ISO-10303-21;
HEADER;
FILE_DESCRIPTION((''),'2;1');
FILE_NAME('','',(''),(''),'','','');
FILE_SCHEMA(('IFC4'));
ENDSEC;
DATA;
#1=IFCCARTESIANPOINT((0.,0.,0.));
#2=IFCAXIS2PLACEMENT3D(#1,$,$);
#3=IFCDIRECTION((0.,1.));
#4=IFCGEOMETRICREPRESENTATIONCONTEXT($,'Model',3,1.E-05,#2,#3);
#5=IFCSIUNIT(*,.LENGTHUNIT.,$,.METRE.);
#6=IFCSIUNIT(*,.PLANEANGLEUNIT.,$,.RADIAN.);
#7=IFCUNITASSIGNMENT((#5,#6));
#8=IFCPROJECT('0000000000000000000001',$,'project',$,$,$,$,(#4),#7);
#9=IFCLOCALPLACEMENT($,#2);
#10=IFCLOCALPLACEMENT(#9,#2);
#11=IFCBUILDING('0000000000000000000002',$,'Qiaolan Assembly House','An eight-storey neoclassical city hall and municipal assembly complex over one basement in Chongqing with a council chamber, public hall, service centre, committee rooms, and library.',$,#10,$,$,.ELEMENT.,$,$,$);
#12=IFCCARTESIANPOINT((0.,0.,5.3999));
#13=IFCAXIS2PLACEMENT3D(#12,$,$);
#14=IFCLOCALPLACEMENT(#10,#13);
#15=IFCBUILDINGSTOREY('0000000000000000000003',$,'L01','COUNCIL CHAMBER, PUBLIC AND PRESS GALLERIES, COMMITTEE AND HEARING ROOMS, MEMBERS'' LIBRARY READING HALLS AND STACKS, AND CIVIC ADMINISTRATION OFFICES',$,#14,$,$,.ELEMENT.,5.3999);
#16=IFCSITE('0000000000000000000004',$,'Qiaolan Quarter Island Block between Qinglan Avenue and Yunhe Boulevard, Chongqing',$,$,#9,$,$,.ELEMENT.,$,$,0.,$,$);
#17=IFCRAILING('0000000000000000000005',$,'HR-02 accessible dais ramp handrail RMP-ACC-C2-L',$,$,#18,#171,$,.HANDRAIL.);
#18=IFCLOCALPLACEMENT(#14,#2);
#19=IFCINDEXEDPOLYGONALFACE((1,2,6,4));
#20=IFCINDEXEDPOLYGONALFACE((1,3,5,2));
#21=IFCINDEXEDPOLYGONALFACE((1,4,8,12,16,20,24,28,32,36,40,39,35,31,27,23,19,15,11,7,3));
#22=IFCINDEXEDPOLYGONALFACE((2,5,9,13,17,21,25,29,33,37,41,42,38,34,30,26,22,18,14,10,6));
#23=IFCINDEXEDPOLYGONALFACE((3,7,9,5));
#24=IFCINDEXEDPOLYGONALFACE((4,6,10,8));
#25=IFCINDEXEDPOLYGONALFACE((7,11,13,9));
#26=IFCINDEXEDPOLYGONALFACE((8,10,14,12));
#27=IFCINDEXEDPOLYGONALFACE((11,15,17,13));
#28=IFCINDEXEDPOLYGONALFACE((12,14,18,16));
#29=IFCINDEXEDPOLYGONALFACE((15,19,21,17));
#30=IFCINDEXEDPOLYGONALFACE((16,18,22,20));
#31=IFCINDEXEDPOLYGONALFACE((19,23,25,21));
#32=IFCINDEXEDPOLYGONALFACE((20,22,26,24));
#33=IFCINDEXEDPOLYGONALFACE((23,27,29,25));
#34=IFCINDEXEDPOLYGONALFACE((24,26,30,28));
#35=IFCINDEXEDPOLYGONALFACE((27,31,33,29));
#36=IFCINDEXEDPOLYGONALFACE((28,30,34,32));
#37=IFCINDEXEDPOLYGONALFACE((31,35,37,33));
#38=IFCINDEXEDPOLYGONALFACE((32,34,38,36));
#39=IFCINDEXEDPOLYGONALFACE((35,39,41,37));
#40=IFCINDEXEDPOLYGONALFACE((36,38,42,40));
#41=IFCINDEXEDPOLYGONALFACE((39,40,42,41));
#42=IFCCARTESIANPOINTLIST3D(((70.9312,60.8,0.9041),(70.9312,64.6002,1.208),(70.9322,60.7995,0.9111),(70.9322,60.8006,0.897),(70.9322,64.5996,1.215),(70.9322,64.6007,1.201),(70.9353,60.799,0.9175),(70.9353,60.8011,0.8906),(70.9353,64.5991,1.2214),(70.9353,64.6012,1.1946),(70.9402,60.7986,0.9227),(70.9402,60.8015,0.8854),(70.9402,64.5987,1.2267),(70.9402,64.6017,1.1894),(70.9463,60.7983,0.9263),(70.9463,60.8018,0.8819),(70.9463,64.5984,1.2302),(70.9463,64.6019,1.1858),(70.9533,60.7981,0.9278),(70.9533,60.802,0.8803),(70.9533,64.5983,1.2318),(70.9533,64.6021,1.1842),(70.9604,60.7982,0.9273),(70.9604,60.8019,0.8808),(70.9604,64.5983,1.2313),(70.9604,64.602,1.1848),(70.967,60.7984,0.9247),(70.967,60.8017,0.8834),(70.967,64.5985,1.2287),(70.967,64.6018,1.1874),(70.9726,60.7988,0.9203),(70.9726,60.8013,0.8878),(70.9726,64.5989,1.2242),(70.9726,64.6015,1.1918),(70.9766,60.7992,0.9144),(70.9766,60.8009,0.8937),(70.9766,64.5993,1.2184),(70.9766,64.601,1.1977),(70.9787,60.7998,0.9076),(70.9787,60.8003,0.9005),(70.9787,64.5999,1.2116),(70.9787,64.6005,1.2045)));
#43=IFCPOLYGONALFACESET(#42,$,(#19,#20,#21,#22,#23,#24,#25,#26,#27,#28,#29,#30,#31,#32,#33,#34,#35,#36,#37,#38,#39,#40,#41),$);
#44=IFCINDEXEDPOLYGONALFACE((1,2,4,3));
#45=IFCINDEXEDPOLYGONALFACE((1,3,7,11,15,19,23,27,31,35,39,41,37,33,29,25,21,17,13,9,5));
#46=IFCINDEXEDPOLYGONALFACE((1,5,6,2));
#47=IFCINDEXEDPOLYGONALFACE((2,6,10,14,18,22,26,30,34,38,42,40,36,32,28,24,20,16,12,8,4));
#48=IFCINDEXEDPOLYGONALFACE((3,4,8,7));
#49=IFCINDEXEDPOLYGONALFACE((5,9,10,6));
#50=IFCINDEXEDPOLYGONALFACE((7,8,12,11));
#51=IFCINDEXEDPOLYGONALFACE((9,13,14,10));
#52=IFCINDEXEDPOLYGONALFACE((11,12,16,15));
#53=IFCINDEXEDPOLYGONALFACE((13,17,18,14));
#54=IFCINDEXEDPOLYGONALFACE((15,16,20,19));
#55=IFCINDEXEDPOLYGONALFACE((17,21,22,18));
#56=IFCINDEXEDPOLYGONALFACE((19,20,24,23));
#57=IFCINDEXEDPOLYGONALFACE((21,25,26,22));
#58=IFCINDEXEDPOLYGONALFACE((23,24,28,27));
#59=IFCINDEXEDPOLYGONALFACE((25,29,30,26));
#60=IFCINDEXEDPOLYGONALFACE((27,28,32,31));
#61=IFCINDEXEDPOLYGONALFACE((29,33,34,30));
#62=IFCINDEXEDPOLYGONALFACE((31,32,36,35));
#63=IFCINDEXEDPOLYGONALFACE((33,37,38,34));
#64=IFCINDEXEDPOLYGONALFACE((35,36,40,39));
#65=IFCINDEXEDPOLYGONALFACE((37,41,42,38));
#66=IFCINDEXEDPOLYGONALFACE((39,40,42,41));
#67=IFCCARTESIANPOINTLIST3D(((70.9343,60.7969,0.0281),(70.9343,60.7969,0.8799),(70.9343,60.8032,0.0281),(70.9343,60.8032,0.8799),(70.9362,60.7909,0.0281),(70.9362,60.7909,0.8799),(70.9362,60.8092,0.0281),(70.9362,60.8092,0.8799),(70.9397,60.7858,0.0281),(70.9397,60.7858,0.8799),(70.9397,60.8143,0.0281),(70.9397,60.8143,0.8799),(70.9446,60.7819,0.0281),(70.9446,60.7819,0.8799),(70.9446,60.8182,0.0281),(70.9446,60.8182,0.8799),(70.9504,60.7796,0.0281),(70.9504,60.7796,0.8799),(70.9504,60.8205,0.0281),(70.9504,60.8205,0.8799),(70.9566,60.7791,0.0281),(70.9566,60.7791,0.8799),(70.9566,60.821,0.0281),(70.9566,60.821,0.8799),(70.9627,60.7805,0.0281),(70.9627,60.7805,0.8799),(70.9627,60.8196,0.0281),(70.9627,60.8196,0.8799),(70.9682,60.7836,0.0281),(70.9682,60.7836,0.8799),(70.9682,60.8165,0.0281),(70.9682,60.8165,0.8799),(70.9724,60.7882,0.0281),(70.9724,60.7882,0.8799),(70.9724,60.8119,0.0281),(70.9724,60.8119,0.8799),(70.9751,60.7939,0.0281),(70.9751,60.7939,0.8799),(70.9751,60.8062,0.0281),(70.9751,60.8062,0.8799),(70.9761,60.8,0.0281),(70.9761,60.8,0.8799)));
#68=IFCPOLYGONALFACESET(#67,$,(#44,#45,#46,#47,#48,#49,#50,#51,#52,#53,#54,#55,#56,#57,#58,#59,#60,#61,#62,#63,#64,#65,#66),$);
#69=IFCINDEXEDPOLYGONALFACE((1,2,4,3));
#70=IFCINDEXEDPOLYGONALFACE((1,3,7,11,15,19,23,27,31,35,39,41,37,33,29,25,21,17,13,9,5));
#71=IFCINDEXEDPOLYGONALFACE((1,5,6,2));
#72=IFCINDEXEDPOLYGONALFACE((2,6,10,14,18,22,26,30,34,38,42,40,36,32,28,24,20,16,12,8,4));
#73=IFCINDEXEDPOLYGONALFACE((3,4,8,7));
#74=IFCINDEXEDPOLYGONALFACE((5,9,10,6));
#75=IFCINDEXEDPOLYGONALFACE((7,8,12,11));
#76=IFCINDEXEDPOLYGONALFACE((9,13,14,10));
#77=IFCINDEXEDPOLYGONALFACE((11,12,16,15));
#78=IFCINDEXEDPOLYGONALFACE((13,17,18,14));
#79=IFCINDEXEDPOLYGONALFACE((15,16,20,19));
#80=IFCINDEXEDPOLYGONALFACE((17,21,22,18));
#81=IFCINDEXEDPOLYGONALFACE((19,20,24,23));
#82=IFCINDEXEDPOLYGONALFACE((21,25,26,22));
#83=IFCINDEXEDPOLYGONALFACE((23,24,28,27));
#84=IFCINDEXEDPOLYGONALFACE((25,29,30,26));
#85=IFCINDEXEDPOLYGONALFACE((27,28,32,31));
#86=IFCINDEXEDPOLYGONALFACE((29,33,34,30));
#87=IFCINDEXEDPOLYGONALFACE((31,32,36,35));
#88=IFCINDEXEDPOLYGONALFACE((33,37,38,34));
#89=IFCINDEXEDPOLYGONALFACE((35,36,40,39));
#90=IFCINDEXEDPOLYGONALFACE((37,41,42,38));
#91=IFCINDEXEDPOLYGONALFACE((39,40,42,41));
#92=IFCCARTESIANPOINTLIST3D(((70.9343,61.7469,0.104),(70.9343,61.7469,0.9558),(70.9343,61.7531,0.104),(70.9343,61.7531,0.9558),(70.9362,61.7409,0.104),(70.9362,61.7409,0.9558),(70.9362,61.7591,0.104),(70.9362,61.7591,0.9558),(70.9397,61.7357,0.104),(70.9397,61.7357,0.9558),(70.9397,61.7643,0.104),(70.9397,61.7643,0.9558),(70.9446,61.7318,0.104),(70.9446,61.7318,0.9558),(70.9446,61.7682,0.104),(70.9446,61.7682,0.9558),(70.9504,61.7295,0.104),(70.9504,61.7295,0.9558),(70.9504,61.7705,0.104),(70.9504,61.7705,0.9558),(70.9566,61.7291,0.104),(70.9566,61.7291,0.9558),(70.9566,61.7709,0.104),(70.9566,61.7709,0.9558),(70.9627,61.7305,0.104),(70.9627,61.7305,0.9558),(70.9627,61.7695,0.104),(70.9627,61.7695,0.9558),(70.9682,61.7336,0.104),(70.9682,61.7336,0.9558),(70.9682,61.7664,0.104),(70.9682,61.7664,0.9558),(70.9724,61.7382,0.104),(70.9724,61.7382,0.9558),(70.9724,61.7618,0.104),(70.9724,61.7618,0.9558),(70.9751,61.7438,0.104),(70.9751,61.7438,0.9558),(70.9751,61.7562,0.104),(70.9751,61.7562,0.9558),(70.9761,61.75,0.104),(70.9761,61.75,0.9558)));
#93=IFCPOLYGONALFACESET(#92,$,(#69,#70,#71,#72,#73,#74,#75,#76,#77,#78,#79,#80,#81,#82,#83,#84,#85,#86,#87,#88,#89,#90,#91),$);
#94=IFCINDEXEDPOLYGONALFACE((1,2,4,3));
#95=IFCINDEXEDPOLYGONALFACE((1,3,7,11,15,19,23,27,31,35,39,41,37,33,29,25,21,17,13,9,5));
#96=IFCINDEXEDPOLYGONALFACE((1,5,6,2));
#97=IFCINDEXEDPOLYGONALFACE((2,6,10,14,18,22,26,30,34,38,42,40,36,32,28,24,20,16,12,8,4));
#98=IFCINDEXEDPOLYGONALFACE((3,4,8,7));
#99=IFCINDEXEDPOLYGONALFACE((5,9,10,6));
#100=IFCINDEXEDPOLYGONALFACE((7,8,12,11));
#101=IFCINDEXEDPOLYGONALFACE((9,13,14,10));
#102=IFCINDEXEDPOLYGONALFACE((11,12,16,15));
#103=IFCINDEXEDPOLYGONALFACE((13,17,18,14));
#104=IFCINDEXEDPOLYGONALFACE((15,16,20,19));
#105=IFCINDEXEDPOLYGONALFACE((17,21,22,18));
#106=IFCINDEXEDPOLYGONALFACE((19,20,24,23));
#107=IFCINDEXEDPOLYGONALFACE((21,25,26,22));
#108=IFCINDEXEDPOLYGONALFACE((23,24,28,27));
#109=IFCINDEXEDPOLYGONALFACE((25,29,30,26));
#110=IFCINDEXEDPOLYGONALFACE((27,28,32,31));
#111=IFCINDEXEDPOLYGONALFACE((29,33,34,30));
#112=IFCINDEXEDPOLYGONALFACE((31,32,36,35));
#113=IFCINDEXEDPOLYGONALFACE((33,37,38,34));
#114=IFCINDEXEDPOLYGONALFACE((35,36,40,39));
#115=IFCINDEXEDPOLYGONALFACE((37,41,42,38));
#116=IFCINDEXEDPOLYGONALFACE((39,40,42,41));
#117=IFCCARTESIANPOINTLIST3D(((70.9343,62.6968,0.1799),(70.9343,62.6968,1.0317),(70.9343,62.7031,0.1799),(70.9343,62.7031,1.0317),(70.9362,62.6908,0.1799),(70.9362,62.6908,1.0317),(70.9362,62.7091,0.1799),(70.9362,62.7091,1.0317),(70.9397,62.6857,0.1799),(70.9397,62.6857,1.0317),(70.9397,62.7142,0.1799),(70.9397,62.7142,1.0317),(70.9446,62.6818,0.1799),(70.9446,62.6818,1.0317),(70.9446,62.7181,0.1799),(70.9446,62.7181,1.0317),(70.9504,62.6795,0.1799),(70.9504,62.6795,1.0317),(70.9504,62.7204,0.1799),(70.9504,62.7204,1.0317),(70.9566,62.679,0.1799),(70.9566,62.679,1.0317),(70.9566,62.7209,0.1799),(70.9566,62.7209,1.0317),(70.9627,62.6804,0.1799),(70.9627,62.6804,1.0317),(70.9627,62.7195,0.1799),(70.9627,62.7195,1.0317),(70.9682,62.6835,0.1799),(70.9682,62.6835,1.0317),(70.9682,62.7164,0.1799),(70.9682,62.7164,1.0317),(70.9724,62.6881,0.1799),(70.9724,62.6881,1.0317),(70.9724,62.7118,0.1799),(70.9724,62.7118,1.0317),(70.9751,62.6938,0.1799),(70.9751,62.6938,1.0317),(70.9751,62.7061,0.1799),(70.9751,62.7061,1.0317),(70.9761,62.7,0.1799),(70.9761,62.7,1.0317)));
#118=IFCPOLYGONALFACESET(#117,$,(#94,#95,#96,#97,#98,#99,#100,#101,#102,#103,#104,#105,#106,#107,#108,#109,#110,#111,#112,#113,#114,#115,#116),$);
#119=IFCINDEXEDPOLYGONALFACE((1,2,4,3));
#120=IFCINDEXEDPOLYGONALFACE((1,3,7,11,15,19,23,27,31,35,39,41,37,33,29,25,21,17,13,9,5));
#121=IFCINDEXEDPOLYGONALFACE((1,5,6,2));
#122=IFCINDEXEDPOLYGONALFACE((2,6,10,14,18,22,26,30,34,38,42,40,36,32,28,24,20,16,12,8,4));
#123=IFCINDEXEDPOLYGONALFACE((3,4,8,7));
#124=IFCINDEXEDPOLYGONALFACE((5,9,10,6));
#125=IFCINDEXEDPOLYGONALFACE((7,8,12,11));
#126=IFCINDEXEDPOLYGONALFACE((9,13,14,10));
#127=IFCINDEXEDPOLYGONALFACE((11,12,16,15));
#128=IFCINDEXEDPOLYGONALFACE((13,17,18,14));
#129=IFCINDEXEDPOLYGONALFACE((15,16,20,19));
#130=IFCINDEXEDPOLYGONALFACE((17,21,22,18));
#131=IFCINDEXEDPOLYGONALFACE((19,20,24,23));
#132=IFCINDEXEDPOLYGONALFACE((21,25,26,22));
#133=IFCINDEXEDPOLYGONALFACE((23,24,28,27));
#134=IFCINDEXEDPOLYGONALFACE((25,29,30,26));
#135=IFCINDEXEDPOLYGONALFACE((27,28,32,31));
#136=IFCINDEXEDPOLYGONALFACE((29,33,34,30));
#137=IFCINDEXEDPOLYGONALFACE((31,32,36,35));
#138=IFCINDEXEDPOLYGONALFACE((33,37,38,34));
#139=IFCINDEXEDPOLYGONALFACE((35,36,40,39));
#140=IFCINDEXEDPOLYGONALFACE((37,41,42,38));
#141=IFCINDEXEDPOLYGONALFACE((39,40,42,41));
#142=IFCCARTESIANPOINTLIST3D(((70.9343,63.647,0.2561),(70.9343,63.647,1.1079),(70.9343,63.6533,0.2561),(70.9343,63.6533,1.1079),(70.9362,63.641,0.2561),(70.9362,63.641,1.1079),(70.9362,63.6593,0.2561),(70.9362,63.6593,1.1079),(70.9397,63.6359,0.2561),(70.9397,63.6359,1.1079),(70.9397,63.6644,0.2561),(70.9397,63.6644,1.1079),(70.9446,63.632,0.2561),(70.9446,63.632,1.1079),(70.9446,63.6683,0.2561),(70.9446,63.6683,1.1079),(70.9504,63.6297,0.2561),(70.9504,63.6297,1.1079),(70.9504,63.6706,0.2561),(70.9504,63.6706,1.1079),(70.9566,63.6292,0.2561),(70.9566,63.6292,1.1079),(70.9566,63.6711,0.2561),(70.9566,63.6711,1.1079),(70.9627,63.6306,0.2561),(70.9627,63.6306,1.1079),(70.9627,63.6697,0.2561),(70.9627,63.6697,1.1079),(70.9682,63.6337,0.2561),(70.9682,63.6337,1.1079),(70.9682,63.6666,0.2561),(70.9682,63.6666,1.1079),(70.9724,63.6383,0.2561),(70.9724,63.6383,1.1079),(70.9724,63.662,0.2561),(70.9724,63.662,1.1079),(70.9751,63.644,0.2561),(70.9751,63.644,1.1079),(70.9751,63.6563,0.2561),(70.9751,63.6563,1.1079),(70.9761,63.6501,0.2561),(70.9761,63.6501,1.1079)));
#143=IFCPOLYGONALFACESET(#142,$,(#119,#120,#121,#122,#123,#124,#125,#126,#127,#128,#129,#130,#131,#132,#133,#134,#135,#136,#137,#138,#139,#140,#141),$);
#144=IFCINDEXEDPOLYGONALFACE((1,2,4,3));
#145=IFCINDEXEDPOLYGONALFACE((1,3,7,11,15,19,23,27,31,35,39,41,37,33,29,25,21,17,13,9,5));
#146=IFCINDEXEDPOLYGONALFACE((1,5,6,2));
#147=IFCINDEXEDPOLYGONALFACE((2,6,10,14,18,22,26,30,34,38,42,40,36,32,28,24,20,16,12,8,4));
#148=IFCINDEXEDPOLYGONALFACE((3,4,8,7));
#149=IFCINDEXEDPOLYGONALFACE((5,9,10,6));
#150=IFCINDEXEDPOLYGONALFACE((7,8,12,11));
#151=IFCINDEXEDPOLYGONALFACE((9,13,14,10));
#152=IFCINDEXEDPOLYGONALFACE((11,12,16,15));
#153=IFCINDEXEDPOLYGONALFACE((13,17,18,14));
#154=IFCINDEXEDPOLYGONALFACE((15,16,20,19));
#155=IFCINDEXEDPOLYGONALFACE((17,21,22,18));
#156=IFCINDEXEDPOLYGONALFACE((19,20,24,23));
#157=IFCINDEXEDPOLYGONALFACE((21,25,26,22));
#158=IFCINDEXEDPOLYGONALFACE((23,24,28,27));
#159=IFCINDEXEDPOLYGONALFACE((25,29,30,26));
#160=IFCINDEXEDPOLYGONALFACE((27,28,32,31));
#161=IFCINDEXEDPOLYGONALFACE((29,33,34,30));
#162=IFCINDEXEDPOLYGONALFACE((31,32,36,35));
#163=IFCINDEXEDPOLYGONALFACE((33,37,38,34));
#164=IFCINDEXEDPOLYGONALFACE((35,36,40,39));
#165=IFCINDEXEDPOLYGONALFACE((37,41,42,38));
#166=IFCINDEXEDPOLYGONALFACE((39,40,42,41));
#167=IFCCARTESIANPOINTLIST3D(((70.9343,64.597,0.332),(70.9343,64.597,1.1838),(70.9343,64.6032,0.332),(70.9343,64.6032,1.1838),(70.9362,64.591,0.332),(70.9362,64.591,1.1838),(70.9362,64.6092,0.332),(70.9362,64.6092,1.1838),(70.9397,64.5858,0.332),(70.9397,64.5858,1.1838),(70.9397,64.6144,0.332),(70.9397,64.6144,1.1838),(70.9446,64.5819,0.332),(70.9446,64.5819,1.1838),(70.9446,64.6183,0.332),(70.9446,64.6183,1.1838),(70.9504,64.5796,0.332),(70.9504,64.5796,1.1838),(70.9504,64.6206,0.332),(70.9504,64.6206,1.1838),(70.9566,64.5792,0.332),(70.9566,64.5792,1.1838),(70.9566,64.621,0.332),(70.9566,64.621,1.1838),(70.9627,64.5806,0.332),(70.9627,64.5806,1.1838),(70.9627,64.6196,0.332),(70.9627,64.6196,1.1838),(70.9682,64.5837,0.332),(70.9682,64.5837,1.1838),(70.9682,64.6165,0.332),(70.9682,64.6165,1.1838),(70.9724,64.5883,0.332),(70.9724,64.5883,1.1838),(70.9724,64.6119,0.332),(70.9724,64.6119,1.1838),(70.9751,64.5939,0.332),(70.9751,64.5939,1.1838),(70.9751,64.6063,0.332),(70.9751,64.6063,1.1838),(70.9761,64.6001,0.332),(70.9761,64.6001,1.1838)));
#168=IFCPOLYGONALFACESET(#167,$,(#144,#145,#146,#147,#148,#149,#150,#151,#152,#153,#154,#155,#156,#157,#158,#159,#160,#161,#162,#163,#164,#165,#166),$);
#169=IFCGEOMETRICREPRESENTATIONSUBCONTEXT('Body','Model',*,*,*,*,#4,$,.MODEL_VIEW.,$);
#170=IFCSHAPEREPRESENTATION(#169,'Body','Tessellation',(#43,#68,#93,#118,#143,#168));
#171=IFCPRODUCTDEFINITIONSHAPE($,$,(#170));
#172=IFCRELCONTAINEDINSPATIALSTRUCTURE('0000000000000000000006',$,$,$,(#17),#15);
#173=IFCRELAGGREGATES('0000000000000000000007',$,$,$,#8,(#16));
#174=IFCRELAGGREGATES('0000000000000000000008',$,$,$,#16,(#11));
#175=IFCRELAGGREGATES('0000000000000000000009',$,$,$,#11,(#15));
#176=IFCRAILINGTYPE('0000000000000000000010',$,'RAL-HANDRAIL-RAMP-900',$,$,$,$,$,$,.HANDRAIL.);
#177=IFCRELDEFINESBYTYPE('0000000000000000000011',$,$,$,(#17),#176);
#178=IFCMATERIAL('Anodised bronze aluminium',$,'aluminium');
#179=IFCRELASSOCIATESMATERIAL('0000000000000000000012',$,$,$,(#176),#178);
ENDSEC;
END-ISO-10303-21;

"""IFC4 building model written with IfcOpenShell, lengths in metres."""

from ifc_helpers import new_model, si_unit, direction, frame, origin, origin_2d, place, context, subcontext, project, spatial, circle, extrude, material, type_object, element, save


model = new_model("IFC4")

# Units and contexts
model_context = context("Model", 3, precision=1e-05, world=origin(), true_north=direction((0.0, 1.0)))
body_context = subcontext(model_context, "Body", "Model", "MODEL_VIEW")
ifc_project = project(units=[si_unit("LENGTHUNIT", "METRE"), si_unit("PLANEANGLEUNIT", "RADIAN")], contexts=[model_context])

# Site, building, storey
site_placement = place(None, origin())
site = spatial("IfcSite", under=ifc_project, at=site_placement, Name="Qiaolan Quarter Island Block between Qinglan Avenue and Yunhe Boulevard, Chongqing", CompositionType="ELEMENT", RefElevation=0.0)
building_placement = place(site_placement, origin())
building = spatial("IfcBuilding", under=site, at=building_placement, Name="Qiaolan Assembly House", Description="An eight-storey neoclassical city hall and municipal assembly complex over one basement in Chongqing with a council chamber, public hall, service centre, committee rooms, and library.", CompositionType="ELEMENT")
storey_placement = place(building_placement, frame((0.0, 0.0, 5.3999)))
storey = spatial("IfcBuildingStorey", under=building, at=storey_placement, Name="L01", Description="COUNCIL CHAMBER, PUBLIC AND PRESS GALLERIES, COMMITTEE AND HEARING ROOMS, MEMBERS' LIBRARY READING HALLS AND STACKS, AND CIVIC ADMINISTRATION OFFICES", CompositionType="ELEMENT", Elevation=5.3999)

# Railing
ifc_material_1 = material(Name="Anodised bronze aluminium", Category="aluminium")
railing_type_1 = type_object("IfcRailingType", Name="RAL-HANDRAIL-RAMP-900", PredefinedType="HANDRAIL", material=ifc_material_1)
for number, where, name in (
    (1, (70.9551, 60.8, 0.0281), "HR-02 accessible dais ramp handrail RMP-ACC-C2-L"),
):
    element("IfcRailing", number, at=place(storey_placement, frame(where)), inside=storey, type_object=railing_type_1, Name=name, PredefinedType="HANDRAIL", context=body_context, shape_type="SweptSolid", body=[
        extrude(circle(Radius=0.0239, at=origin_2d()), frame((0.0, 0.0, 0.876), z_axis=(0.0, 0.996816, 0.079732), x_axis=(-1.0, 0.0, 0.0)), (0.0, 0.0, 1.0), 3.8123),
        extrude(circle(Radius=0.021, at=origin_2d()), origin(), (0.0, 0.0, 1.0), 0.8518),
        extrude(circle(Radius=0.021, at=origin_2d()), frame((0.0, 0.95, 0.0759)), (0.0, 0.0, 1.0), 0.8518),
        extrude(circle(Radius=0.021, at=origin_2d()), frame((0.0, 1.8999, 0.1519)), (0.0, 0.0, 1.0), 0.8518),
        extrude(circle(Radius=0.021, at=origin_2d()), frame((0.0, 2.8501, 0.228)), (0.0, 0.0, 1.0), 0.8518),
        extrude(circle(Radius=0.021, at=origin_2d()), frame((0.0, 3.8, 0.304)), (0.0, 0.0, 1.0), 0.8518),
    ])

save(model, "model.ifc")
